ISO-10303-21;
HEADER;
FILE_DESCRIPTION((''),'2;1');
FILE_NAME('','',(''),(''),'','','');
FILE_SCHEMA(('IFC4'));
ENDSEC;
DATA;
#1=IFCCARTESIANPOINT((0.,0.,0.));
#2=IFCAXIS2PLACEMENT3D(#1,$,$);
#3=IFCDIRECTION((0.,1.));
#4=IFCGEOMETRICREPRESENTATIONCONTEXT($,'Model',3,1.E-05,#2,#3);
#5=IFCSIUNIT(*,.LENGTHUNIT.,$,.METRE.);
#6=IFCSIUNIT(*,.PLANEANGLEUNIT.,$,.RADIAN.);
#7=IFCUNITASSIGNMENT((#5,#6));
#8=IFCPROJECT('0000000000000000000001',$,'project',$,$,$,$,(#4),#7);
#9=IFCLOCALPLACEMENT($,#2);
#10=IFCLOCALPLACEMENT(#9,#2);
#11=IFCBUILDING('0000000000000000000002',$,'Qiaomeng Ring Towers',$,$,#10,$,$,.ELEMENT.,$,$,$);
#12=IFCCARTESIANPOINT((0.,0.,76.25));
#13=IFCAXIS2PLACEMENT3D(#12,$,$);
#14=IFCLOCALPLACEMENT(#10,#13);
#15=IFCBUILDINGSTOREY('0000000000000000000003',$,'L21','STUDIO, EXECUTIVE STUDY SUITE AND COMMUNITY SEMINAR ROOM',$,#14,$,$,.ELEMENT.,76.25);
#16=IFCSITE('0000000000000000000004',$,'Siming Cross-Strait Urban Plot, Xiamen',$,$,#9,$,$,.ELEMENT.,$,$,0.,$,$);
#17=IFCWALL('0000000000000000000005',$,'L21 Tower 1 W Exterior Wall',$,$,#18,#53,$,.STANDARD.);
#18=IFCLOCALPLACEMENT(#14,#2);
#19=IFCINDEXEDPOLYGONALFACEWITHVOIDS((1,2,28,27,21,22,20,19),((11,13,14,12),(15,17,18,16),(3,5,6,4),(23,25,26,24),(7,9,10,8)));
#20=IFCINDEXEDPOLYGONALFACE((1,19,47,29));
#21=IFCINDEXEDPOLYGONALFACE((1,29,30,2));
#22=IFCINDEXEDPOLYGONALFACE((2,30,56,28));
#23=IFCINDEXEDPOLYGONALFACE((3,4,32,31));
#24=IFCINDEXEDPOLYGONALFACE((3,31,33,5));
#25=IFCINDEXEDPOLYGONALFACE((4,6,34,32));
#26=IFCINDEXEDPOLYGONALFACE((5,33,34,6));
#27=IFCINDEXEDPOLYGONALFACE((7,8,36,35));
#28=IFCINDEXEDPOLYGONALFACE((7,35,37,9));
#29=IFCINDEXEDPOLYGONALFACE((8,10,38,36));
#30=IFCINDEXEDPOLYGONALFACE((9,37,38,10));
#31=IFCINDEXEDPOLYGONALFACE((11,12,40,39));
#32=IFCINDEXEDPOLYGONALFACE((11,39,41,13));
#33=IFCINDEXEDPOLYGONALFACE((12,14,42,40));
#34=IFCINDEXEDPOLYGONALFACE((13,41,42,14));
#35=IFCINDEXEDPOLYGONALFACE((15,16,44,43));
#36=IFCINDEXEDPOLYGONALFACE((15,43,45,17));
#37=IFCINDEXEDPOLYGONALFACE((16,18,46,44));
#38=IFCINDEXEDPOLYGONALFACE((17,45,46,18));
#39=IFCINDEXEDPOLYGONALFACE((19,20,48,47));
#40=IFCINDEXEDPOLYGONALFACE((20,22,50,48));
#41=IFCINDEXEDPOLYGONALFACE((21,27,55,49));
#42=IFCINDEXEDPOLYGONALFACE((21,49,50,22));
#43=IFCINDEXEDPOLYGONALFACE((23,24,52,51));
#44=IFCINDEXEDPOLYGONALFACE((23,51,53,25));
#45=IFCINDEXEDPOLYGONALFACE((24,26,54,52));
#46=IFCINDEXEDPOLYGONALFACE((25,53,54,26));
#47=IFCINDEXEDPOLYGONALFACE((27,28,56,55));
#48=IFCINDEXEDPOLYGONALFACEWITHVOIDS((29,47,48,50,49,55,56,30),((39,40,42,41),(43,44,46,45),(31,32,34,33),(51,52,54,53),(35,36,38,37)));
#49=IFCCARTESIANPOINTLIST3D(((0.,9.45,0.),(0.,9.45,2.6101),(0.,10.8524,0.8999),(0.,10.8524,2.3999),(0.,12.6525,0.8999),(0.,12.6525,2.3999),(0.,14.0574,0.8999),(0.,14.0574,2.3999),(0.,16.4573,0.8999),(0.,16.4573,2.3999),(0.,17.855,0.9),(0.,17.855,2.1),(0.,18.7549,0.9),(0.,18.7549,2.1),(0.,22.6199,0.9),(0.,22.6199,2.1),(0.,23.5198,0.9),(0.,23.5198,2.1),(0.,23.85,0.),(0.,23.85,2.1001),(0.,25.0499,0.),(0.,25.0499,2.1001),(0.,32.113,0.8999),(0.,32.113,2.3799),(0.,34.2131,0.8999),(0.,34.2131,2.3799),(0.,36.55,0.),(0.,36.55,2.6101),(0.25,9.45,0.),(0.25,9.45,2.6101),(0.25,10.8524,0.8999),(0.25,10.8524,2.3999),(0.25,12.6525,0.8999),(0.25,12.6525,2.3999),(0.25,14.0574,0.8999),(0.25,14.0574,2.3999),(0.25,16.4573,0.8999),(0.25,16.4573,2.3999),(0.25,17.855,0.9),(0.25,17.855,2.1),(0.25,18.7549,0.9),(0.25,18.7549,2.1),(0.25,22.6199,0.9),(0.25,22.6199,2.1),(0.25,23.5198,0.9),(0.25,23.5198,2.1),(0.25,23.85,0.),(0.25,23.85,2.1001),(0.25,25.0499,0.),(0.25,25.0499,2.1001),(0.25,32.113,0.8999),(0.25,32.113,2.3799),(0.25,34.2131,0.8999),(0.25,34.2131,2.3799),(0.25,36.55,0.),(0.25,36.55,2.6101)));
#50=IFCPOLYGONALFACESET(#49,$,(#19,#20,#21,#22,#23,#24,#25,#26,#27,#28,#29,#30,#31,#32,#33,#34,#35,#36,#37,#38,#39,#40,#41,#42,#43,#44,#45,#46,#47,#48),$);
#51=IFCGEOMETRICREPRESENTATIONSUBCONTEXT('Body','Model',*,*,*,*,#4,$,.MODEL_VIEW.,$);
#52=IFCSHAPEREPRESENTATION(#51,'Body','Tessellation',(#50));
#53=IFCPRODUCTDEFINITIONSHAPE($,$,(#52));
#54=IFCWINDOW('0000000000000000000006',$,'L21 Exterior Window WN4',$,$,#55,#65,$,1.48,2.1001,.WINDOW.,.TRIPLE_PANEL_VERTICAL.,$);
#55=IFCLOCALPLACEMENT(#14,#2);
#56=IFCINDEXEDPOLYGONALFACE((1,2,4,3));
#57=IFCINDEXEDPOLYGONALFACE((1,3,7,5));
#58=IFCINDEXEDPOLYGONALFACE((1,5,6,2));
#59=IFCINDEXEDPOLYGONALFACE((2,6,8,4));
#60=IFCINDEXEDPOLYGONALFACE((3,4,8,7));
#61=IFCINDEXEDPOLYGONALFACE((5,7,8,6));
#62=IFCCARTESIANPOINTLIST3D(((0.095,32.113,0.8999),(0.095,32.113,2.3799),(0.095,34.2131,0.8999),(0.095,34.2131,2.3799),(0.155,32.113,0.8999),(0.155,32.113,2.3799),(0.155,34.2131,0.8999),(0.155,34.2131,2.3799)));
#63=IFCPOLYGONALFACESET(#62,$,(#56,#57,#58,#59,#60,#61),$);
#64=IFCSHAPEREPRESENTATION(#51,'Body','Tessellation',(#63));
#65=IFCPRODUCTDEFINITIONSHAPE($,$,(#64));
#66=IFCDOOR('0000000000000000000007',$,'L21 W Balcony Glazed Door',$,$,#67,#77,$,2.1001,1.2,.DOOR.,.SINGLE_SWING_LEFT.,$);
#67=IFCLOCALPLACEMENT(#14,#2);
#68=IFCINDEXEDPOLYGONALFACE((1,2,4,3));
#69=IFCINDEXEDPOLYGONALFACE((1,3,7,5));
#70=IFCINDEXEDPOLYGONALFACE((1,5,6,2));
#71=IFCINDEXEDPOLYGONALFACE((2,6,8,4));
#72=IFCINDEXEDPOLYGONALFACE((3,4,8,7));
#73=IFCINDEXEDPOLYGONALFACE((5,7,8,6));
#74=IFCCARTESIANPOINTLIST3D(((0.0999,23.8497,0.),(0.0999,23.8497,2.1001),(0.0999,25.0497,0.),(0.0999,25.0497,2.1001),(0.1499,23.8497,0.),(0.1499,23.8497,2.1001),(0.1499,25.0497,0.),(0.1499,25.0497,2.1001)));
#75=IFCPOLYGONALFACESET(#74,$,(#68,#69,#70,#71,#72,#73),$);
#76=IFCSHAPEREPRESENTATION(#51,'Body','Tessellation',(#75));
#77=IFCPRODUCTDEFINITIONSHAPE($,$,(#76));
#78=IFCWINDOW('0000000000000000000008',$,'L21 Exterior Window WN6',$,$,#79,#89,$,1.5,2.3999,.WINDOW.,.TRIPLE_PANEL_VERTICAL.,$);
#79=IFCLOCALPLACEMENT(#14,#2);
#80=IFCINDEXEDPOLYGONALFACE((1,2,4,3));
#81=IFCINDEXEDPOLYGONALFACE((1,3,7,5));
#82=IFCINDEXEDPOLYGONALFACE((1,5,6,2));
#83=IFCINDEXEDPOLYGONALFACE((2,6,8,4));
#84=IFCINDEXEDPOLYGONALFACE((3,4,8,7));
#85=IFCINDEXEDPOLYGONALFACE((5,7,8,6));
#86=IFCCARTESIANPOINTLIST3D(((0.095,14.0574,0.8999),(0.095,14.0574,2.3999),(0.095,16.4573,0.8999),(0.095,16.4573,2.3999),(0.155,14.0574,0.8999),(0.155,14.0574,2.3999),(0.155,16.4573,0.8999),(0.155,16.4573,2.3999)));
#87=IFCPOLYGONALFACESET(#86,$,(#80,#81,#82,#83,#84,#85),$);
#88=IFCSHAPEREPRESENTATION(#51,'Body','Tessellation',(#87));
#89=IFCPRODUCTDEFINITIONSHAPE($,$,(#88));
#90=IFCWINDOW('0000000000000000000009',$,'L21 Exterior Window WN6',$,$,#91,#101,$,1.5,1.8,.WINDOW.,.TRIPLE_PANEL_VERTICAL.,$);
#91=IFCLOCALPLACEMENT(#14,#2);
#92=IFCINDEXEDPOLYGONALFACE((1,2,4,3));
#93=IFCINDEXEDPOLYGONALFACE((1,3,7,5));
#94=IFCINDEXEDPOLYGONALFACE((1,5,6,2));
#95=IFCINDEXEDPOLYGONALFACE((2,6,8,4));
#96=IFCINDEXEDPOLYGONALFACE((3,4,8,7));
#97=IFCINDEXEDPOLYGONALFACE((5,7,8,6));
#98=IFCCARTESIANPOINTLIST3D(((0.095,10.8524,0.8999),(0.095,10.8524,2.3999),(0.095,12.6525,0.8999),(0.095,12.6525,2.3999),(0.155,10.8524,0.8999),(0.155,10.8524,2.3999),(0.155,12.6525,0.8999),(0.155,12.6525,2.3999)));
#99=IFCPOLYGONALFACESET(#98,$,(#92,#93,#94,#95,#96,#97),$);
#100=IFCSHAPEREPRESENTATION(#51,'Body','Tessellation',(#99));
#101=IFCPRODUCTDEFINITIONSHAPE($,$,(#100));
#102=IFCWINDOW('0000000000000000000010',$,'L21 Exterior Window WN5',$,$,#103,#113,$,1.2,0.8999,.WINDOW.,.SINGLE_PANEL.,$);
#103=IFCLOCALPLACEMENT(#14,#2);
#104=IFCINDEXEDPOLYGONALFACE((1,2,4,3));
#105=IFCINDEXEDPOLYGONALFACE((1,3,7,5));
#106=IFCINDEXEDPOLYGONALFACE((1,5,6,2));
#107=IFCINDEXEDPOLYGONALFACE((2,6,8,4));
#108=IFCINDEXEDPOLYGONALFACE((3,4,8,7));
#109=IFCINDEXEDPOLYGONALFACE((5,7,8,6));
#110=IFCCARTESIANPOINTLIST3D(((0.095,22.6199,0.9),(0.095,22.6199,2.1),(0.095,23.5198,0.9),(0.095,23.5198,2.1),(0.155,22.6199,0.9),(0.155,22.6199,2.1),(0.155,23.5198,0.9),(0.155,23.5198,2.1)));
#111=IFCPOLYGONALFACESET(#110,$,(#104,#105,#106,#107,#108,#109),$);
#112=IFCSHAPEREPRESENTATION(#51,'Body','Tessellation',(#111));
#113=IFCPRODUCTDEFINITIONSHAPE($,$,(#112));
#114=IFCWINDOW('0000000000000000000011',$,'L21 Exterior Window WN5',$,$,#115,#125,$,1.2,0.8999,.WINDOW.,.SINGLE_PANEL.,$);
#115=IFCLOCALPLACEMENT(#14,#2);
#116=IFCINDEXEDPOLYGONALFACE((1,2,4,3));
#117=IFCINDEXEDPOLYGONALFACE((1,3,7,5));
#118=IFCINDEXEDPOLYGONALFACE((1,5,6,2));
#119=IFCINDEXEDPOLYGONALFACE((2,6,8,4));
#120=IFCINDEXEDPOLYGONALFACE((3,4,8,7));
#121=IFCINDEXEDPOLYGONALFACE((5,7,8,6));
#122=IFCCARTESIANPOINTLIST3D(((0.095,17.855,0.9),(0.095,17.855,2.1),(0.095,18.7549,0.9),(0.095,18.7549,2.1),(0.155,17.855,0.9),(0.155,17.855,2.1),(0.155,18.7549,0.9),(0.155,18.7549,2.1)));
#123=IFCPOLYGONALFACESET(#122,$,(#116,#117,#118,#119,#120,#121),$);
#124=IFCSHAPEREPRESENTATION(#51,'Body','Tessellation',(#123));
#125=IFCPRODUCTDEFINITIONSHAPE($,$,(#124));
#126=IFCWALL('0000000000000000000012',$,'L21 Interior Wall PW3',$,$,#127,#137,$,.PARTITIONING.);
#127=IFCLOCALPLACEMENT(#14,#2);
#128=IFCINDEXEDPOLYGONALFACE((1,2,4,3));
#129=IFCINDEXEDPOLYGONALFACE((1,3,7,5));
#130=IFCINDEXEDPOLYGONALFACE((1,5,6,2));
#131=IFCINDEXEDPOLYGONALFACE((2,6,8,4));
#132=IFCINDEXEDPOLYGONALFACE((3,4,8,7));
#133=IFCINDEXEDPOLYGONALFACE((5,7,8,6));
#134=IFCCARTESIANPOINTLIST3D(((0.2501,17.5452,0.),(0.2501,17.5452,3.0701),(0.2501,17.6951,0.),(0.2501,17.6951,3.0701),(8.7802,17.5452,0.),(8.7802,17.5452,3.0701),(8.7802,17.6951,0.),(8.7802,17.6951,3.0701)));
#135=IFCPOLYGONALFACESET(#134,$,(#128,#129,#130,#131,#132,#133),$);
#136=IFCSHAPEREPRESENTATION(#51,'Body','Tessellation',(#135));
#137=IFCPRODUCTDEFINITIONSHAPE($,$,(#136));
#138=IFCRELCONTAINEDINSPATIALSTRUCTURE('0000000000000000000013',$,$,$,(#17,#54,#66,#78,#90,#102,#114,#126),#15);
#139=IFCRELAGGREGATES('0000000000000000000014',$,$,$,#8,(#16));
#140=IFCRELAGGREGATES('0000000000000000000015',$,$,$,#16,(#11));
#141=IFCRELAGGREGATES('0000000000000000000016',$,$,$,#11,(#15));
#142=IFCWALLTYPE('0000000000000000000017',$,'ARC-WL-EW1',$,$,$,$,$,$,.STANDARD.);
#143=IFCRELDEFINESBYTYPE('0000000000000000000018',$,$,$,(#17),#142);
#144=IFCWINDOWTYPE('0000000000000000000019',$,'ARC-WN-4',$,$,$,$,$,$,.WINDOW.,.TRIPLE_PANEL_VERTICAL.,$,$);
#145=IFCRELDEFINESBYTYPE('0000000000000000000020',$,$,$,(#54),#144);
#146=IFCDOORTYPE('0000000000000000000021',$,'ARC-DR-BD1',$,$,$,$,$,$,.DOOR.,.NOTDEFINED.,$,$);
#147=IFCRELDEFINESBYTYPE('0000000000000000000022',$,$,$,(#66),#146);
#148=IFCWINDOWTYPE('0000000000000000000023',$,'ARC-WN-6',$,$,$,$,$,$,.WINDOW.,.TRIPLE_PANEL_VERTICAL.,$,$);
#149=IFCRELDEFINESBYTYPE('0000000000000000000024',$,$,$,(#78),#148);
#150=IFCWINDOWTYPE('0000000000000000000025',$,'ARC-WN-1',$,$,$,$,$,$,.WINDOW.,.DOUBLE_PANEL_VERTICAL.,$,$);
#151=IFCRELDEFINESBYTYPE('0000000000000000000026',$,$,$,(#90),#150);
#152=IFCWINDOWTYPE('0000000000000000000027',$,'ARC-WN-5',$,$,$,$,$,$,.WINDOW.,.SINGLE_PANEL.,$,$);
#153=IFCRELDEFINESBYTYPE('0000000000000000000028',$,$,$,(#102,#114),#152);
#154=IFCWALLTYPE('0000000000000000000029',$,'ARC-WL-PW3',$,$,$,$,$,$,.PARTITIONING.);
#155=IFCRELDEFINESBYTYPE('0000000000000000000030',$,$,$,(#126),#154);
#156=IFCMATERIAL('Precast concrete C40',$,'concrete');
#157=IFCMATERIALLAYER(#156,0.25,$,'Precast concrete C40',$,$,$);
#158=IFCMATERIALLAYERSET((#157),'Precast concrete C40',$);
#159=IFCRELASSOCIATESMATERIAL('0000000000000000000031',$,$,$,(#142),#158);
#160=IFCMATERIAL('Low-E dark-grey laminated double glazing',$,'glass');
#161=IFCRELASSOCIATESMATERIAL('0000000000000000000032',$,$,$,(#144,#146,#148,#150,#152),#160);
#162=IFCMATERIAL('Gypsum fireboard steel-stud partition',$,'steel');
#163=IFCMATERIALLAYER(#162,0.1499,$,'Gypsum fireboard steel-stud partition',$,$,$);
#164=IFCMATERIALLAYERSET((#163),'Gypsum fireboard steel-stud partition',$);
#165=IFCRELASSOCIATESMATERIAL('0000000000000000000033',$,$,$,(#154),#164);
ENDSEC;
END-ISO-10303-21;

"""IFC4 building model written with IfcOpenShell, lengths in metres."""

from ifc_helpers import new_model, si_unit, direction, frame, frame_2d, origin, place, context, subcontext, project, spatial, rectangle, extrude, source, transform, mapped, material, layer, layer_set, type_object, element, fill, save


model = new_model("IFC4")

# Units and contexts
model_context = context("Model", 3, precision=1e-05, world=origin(), true_north=direction((0.0, 1.0)))
body_context = subcontext(model_context, "Body", "Model", "MODEL_VIEW")
ifc_project = project(units=[si_unit("LENGTHUNIT", "METRE"), si_unit("PLANEANGLEUNIT", "RADIAN")], contexts=[model_context])

# Site, building, storey
site_placement = place(None, origin())
site = spatial("IfcSite", under=ifc_project, at=site_placement, Name="Siming Cross-Strait Urban Plot, Xiamen", CompositionType="ELEMENT", RefElevation=0.0)
building_placement = place(site_placement, origin())
building = spatial("IfcBuilding", under=site, at=building_placement, Name="Qiaomeng Ring Towers", CompositionType="ELEMENT")
storey_placement = place(building_placement, frame((0.0, 0.0, 76.25)))
storey = spatial("IfcBuildingStorey", under=building, at=storey_placement, Name="L21", Description="STUDIO, EXECUTIVE STUDY SUITE AND COMMUNITY SEMINAR ROOM", CompositionType="ELEMENT", Elevation=76.25)

# Wall, openings, windows, door
ifc_material_1 = material(Name="Precast concrete C40", Category="concrete")
ifc_layer_1 = layer(ifc_material_1, 0.25, Name="Precast concrete C40")
ifc_layer_set_1 = layer_set([ifc_layer_1], Name="Precast concrete C40")
wall_type_1 = type_object("IfcWallType", Name="ARC-WL-EW1", PredefinedType="STANDARD", material=ifc_layer_set_1)
wall_1_placement = place(storey_placement, frame((0.125, 9.45, 0.0), z_axis=(0.0, 0.0, 1.0), x_axis=(0.0, 1.0, 0.0)))
wall_1 = element("IfcWall", 1, at=wall_1_placement, inside=storey, type_object=wall_type_1, Name="L21 Tower 1 W Exterior Wall", PredefinedType="STANDARD", context=body_context, shape_type="SweptSolid", body=[
    extrude(rectangle(XDim=27.1001, YDim=0.25, at=frame_2d((13.55, 0.0))), origin(), (0.0, 0.0, 1.0), 2.6101),
])
opening_1_placement = place(wall_1_placement, frame((14.3999, 0.0, 0.0)))
opening_1 = element("IfcOpeningElement", 2, at=opening_1_placement, cuts=wall_1, PredefinedType="OPENING", context=body_context, shape_type="SweptSolid", body=[
    extrude(rectangle(XDim=1.2, YDim=2.1001, at=frame_2d((0.6001, 1.05))), frame((0.0, 0.135, 0.0), z_axis=(0.0, -1.0, 0.0), x_axis=(1.0, 0.0, 0.0)), (0.0, 0.0, 1.0), 0.27),
])
opening_2_placement = place(wall_1_placement, frame((1.4026, 0.0, 0.8999)))
opening_2 = element("IfcOpeningElement", 3, at=opening_2_placement, cuts=wall_1, PredefinedType="OPENING", context=body_context, shape_type="SweptSolid", body=[
    extrude(rectangle(XDim=1.8, YDim=1.5, at=frame_2d((0.8999, 0.75))), frame((0.0, 0.135, 0.0), z_axis=(0.0, -1.0, 0.0), x_axis=(1.0, 0.0, 0.0)), (0.0, 0.0, 1.0), 0.27),
])
opening_3_placement = place(wall_1_placement, frame((22.6631, 0.0, 0.8999)))
opening_3 = element("IfcOpeningElement", 4, at=opening_3_placement, cuts=wall_1, PredefinedType="OPENING", context=body_context, shape_type="SweptSolid", body=[
    extrude(rectangle(XDim=2.1001, YDim=1.48, at=frame_2d((1.05, 0.74))), frame((0.0, 0.135, 0.0), z_axis=(0.0, -1.0, 0.0), x_axis=(1.0, 0.0, 0.0)), (0.0, 0.0, 1.0), 0.27),
])
opening_4_placement = place(wall_1_placement, frame((4.6074, 0.0, 0.8999)))
opening_4 = element("IfcOpeningElement", 5, at=opening_4_placement, cuts=wall_1, PredefinedType="OPENING", context=body_context, shape_type="SweptSolid", body=[
    extrude(rectangle(XDim=2.3999, YDim=1.5, at=frame_2d((1.2, 0.75))), frame((0.0, 0.135, 0.0), z_axis=(0.0, -1.0, 0.0), x_axis=(1.0, 0.0, 0.0)), (0.0, 0.0, 1.0), 0.27),
])
opening_5_placement = place(wall_1_placement, frame((13.1699, 0.0, 0.8999)))
opening_5 = element("IfcOpeningElement", 6, at=opening_5_placement, cuts=wall_1, PredefinedType="OPENING", context=body_context, shape_type="SweptSolid", body=[
    extrude(rectangle(XDim=0.8999, YDim=1.2, at=frame_2d((0.45, 0.6001))), frame((0.0, 0.135, 0.0), z_axis=(0.0, -1.0, 0.0), x_axis=(1.0, 0.0, 0.0)), (0.0, 0.0, 1.0), 0.27),
])
opening_6_placement = place(wall_1_placement, frame((8.405, 0.0, 0.8999)))
opening_6 = element("IfcOpeningElement", 7, at=opening_6_placement, cuts=wall_1, PredefinedType="OPENING", context=body_context, shape_type="SweptSolid", body=[
    extrude(rectangle(XDim=0.8999, YDim=1.2, at=frame_2d((0.45, 0.6001))), frame((0.0, 0.135, 0.0), z_axis=(0.0, -1.0, 0.0), x_axis=(1.0, 0.0, 0.0)), (0.0, 0.0, 1.0), 0.27),
])
ifc_material_2 = material(Name="Low-E dark-grey laminated double glazing", Category="glass")
window_type_1 = type_object("IfcWindowType", Name="ARC-WN-4", PartitioningType="TRIPLE_PANEL_VERTICAL", PredefinedType="WINDOW", material=ifc_material_2)
shared_shape_1 = source(origin(), body_context, "Body", "SweptSolid", [
    extrude(rectangle(XDim=2.1001, YDim=1.48, at=frame_2d((1.05, 0.74))), frame((0.0, 0.03, 0.0), z_axis=(0.0, -1.0, 0.0), x_axis=(1.0, 0.0, 0.0)), (0.0, 0.0, 1.0), 0.0601),
])
window_1_placement = place(opening_3_placement, origin())
window_1 = element("IfcWindow", 8, at=window_1_placement, inside=storey, type_object=window_type_1, Name="L21 Exterior Window WN4", OverallHeight=1.48, OverallWidth=2.1001, PartitioningType="TRIPLE_PANEL_VERTICAL", PredefinedType="WINDOW", context=body_context, shape_type="MappedRepresentation", body=[
    mapped(shared_shape_1, transform((0.0, 0.0, 0.0), x_axis=(1.0, 0.0, 0.0), y_axis=(0.0, 1.0, 0.0), z_axis=(0.0, 0.0, 1.0), scale=1.0)),
])
fill(opening_3, window_1)
door_type_1 = type_object("IfcDoorType", Name="ARC-DR-BD1", OperationType="NOTDEFINED", PredefinedType="DOOR", material=ifc_material_2)
shared_shape_2 = source(origin(), body_context, "Body", "SweptSolid", [
    extrude(rectangle(XDim=1.2, YDim=2.1001, at=frame_2d((0.6001, 1.05))), frame((0.0, 0.0249, 0.0), z_axis=(0.0, -1.0, 0.0), x_axis=(1.0, 0.0, 0.0)), (0.0, 0.0, 1.0), 0.05),
])
door_1_placement = place(opening_1_placement, frame((1.2, 0.0, 0.0), z_axis=(0.0, 0.0, 1.0), x_axis=(-1.0, 0.0, 0.0)))
door_1 = element("IfcDoor", 9, at=door_1_placement, inside=storey, type_object=door_type_1, Name="L21 W Balcony Glazed Door", OperationType="SINGLE_SWING_LEFT", OverallHeight=2.1001, OverallWidth=1.2, PredefinedType="DOOR", context=body_context, shape_type="MappedRepresentation", body=[
    mapped(shared_shape_2, transform((0.0, 0.0, 0.0), x_axis=(1.0, 0.0, 0.0), y_axis=(0.0, 1.0, 0.0), z_axis=(0.0, 0.0, 1.0), scale=1.0)),
])
fill(opening_1, door_1)
window_type_2 = type_object("IfcWindowType", Name="ARC-WN-6", PartitioningType="TRIPLE_PANEL_VERTICAL", PredefinedType="WINDOW", material=ifc_material_2)
shared_shape_3 = source(origin(), body_context, "Body", "SweptSolid", [
    extrude(rectangle(XDim=2.3999, YDim=1.5, at=frame_2d((1.2, 0.75))), frame((0.0, 0.03, 0.0), z_axis=(0.0, -1.0, 0.0), x_axis=(1.0, 0.0, 0.0)), (0.0, 0.0, 1.0), 0.0601),
])
window_2_placement = place(opening_4_placement, origin())
window_2 = element("IfcWindow", 10, at=window_2_placement, inside=storey, type_object=window_type_2, Name="L21 Exterior Window WN6", OverallHeight=1.5, OverallWidth=2.3999, PartitioningType="TRIPLE_PANEL_VERTICAL", PredefinedType="WINDOW", context=body_context, shape_type="MappedRepresentation", body=[
    mapped(shared_shape_3, transform((0.0, 0.0, 0.0), x_axis=(1.0, 0.0, 0.0), y_axis=(0.0, 1.0, 0.0), z_axis=(0.0, 0.0, 1.0), scale=1.0)),
])
fill(opening_4, window_2)
window_type_3 = type_object("IfcWindowType", Name="ARC-WN-1", PartitioningType="DOUBLE_PANEL_VERTICAL", PredefinedType="WINDOW", material=ifc_material_2)
shared_shape_4 = source(origin(), body_context, "Body", "SweptSolid", [
    extrude(rectangle(XDim=1.8, YDim=1.5, at=frame_2d((0.8999, 0.75))), frame((0.0, 0.03, 0.0), z_axis=(0.0, -1.0, 0.0), x_axis=(1.0, 0.0, 0.0)), (0.0, 0.0, 1.0), 0.0601),
])
window_3_placement = place(opening_2_placement, origin())
window_3 = element("IfcWindow", 11, at=window_3_placement, inside=storey, type_object=window_type_3, Name="L21 Exterior Window WN6", OverallHeight=1.5, OverallWidth=1.8, PartitioningType="TRIPLE_PANEL_VERTICAL", PredefinedType="WINDOW", context=body_context, shape_type="MappedRepresentation", body=[
    mapped(shared_shape_4, transform((0.0, 0.0, 0.0), x_axis=(1.0, 0.0, 0.0), y_axis=(0.0, 1.0, 0.0), z_axis=(0.0, 0.0, 1.0), scale=1.0)),
])
fill(opening_2, window_3)
window_type_4 = type_object("IfcWindowType", Name="ARC-WN-5", PartitioningType="SINGLE_PANEL", PredefinedType="WINDOW", material=ifc_material_2)
shared_shape_5 = source(origin(), body_context, "Body", "SweptSolid", [
    extrude(rectangle(XDim=0.8999, YDim=1.2, at=frame_2d((0.45, 0.6001))), frame((0.0, 0.03, 0.0), z_axis=(0.0, -1.0, 0.0), x_axis=(1.0, 0.0, 0.0)), (0.0, 0.0, 1.0), 0.0601),
])
window_4_placement = place(opening_5_placement, origin())
window_4 = element("IfcWindow", 12, at=window_4_placement, inside=storey, type_object=window_type_4, Name="L21 Exterior Window WN5", OverallHeight=1.2, OverallWidth=0.8999, PartitioningType="SINGLE_PANEL", PredefinedType="WINDOW", context=body_context, shape_type="MappedRepresentation", body=[
    mapped(shared_shape_5, transform((0.0, 0.0, 0.0), x_axis=(1.0, 0.0, 0.0), y_axis=(0.0, 1.0, 0.0), z_axis=(0.0, 0.0, 1.0), scale=1.0)),
])
fill(opening_5, window_4)
window_5_placement = place(opening_6_placement, origin())
window_5 = element("IfcWindow", 13, at=window_5_placement, inside=storey, type_object=window_type_4, Name="L21 Exterior Window WN5", OverallHeight=1.2, OverallWidth=0.8999, PartitioningType="SINGLE_PANEL", PredefinedType="WINDOW", context=body_context, shape_type="MappedRepresentation", body=[
    mapped(shared_shape_5, transform((0.0, 0.0, 0.0), x_axis=(1.0, 0.0, 0.0), y_axis=(0.0, 1.0, 0.0), z_axis=(0.0, 0.0, 1.0), scale=1.0)),
])
fill(opening_6, window_5)

# Wall
ifc_material_3 = material(Name="Gypsum fireboard steel-stud partition", Category="steel")
ifc_layer_2 = layer(ifc_material_3, 0.1499, Name="Gypsum fireboard steel-stud partition")
ifc_layer_set_2 = layer_set([ifc_layer_2], Name="Gypsum fireboard steel-stud partition")
wall_type_2 = type_object("IfcWallType", Name="ARC-WL-PW3", PredefinedType="PARTITIONING", material=ifc_layer_set_2)
wall_2_placement = place(storey_placement, frame((0.25, 17.6201, 0.0), z_axis=(0.0, 0.0, 1.0), x_axis=(1.0, 0.0, 0.0)))
element("IfcWall", 14, at=wall_2_placement, inside=storey, type_object=wall_type_2, Name="L21 Interior Wall PW3", PredefinedType="PARTITIONING", context=body_context, shape_type="SweptSolid", body=[
    extrude(rectangle(XDim=8.53, YDim=0.1499, at=frame_2d((4.2651, 0.0))), origin(), (0.0, 0.0, 1.0), 3.0701),
])

save(model, "model.ifc")
